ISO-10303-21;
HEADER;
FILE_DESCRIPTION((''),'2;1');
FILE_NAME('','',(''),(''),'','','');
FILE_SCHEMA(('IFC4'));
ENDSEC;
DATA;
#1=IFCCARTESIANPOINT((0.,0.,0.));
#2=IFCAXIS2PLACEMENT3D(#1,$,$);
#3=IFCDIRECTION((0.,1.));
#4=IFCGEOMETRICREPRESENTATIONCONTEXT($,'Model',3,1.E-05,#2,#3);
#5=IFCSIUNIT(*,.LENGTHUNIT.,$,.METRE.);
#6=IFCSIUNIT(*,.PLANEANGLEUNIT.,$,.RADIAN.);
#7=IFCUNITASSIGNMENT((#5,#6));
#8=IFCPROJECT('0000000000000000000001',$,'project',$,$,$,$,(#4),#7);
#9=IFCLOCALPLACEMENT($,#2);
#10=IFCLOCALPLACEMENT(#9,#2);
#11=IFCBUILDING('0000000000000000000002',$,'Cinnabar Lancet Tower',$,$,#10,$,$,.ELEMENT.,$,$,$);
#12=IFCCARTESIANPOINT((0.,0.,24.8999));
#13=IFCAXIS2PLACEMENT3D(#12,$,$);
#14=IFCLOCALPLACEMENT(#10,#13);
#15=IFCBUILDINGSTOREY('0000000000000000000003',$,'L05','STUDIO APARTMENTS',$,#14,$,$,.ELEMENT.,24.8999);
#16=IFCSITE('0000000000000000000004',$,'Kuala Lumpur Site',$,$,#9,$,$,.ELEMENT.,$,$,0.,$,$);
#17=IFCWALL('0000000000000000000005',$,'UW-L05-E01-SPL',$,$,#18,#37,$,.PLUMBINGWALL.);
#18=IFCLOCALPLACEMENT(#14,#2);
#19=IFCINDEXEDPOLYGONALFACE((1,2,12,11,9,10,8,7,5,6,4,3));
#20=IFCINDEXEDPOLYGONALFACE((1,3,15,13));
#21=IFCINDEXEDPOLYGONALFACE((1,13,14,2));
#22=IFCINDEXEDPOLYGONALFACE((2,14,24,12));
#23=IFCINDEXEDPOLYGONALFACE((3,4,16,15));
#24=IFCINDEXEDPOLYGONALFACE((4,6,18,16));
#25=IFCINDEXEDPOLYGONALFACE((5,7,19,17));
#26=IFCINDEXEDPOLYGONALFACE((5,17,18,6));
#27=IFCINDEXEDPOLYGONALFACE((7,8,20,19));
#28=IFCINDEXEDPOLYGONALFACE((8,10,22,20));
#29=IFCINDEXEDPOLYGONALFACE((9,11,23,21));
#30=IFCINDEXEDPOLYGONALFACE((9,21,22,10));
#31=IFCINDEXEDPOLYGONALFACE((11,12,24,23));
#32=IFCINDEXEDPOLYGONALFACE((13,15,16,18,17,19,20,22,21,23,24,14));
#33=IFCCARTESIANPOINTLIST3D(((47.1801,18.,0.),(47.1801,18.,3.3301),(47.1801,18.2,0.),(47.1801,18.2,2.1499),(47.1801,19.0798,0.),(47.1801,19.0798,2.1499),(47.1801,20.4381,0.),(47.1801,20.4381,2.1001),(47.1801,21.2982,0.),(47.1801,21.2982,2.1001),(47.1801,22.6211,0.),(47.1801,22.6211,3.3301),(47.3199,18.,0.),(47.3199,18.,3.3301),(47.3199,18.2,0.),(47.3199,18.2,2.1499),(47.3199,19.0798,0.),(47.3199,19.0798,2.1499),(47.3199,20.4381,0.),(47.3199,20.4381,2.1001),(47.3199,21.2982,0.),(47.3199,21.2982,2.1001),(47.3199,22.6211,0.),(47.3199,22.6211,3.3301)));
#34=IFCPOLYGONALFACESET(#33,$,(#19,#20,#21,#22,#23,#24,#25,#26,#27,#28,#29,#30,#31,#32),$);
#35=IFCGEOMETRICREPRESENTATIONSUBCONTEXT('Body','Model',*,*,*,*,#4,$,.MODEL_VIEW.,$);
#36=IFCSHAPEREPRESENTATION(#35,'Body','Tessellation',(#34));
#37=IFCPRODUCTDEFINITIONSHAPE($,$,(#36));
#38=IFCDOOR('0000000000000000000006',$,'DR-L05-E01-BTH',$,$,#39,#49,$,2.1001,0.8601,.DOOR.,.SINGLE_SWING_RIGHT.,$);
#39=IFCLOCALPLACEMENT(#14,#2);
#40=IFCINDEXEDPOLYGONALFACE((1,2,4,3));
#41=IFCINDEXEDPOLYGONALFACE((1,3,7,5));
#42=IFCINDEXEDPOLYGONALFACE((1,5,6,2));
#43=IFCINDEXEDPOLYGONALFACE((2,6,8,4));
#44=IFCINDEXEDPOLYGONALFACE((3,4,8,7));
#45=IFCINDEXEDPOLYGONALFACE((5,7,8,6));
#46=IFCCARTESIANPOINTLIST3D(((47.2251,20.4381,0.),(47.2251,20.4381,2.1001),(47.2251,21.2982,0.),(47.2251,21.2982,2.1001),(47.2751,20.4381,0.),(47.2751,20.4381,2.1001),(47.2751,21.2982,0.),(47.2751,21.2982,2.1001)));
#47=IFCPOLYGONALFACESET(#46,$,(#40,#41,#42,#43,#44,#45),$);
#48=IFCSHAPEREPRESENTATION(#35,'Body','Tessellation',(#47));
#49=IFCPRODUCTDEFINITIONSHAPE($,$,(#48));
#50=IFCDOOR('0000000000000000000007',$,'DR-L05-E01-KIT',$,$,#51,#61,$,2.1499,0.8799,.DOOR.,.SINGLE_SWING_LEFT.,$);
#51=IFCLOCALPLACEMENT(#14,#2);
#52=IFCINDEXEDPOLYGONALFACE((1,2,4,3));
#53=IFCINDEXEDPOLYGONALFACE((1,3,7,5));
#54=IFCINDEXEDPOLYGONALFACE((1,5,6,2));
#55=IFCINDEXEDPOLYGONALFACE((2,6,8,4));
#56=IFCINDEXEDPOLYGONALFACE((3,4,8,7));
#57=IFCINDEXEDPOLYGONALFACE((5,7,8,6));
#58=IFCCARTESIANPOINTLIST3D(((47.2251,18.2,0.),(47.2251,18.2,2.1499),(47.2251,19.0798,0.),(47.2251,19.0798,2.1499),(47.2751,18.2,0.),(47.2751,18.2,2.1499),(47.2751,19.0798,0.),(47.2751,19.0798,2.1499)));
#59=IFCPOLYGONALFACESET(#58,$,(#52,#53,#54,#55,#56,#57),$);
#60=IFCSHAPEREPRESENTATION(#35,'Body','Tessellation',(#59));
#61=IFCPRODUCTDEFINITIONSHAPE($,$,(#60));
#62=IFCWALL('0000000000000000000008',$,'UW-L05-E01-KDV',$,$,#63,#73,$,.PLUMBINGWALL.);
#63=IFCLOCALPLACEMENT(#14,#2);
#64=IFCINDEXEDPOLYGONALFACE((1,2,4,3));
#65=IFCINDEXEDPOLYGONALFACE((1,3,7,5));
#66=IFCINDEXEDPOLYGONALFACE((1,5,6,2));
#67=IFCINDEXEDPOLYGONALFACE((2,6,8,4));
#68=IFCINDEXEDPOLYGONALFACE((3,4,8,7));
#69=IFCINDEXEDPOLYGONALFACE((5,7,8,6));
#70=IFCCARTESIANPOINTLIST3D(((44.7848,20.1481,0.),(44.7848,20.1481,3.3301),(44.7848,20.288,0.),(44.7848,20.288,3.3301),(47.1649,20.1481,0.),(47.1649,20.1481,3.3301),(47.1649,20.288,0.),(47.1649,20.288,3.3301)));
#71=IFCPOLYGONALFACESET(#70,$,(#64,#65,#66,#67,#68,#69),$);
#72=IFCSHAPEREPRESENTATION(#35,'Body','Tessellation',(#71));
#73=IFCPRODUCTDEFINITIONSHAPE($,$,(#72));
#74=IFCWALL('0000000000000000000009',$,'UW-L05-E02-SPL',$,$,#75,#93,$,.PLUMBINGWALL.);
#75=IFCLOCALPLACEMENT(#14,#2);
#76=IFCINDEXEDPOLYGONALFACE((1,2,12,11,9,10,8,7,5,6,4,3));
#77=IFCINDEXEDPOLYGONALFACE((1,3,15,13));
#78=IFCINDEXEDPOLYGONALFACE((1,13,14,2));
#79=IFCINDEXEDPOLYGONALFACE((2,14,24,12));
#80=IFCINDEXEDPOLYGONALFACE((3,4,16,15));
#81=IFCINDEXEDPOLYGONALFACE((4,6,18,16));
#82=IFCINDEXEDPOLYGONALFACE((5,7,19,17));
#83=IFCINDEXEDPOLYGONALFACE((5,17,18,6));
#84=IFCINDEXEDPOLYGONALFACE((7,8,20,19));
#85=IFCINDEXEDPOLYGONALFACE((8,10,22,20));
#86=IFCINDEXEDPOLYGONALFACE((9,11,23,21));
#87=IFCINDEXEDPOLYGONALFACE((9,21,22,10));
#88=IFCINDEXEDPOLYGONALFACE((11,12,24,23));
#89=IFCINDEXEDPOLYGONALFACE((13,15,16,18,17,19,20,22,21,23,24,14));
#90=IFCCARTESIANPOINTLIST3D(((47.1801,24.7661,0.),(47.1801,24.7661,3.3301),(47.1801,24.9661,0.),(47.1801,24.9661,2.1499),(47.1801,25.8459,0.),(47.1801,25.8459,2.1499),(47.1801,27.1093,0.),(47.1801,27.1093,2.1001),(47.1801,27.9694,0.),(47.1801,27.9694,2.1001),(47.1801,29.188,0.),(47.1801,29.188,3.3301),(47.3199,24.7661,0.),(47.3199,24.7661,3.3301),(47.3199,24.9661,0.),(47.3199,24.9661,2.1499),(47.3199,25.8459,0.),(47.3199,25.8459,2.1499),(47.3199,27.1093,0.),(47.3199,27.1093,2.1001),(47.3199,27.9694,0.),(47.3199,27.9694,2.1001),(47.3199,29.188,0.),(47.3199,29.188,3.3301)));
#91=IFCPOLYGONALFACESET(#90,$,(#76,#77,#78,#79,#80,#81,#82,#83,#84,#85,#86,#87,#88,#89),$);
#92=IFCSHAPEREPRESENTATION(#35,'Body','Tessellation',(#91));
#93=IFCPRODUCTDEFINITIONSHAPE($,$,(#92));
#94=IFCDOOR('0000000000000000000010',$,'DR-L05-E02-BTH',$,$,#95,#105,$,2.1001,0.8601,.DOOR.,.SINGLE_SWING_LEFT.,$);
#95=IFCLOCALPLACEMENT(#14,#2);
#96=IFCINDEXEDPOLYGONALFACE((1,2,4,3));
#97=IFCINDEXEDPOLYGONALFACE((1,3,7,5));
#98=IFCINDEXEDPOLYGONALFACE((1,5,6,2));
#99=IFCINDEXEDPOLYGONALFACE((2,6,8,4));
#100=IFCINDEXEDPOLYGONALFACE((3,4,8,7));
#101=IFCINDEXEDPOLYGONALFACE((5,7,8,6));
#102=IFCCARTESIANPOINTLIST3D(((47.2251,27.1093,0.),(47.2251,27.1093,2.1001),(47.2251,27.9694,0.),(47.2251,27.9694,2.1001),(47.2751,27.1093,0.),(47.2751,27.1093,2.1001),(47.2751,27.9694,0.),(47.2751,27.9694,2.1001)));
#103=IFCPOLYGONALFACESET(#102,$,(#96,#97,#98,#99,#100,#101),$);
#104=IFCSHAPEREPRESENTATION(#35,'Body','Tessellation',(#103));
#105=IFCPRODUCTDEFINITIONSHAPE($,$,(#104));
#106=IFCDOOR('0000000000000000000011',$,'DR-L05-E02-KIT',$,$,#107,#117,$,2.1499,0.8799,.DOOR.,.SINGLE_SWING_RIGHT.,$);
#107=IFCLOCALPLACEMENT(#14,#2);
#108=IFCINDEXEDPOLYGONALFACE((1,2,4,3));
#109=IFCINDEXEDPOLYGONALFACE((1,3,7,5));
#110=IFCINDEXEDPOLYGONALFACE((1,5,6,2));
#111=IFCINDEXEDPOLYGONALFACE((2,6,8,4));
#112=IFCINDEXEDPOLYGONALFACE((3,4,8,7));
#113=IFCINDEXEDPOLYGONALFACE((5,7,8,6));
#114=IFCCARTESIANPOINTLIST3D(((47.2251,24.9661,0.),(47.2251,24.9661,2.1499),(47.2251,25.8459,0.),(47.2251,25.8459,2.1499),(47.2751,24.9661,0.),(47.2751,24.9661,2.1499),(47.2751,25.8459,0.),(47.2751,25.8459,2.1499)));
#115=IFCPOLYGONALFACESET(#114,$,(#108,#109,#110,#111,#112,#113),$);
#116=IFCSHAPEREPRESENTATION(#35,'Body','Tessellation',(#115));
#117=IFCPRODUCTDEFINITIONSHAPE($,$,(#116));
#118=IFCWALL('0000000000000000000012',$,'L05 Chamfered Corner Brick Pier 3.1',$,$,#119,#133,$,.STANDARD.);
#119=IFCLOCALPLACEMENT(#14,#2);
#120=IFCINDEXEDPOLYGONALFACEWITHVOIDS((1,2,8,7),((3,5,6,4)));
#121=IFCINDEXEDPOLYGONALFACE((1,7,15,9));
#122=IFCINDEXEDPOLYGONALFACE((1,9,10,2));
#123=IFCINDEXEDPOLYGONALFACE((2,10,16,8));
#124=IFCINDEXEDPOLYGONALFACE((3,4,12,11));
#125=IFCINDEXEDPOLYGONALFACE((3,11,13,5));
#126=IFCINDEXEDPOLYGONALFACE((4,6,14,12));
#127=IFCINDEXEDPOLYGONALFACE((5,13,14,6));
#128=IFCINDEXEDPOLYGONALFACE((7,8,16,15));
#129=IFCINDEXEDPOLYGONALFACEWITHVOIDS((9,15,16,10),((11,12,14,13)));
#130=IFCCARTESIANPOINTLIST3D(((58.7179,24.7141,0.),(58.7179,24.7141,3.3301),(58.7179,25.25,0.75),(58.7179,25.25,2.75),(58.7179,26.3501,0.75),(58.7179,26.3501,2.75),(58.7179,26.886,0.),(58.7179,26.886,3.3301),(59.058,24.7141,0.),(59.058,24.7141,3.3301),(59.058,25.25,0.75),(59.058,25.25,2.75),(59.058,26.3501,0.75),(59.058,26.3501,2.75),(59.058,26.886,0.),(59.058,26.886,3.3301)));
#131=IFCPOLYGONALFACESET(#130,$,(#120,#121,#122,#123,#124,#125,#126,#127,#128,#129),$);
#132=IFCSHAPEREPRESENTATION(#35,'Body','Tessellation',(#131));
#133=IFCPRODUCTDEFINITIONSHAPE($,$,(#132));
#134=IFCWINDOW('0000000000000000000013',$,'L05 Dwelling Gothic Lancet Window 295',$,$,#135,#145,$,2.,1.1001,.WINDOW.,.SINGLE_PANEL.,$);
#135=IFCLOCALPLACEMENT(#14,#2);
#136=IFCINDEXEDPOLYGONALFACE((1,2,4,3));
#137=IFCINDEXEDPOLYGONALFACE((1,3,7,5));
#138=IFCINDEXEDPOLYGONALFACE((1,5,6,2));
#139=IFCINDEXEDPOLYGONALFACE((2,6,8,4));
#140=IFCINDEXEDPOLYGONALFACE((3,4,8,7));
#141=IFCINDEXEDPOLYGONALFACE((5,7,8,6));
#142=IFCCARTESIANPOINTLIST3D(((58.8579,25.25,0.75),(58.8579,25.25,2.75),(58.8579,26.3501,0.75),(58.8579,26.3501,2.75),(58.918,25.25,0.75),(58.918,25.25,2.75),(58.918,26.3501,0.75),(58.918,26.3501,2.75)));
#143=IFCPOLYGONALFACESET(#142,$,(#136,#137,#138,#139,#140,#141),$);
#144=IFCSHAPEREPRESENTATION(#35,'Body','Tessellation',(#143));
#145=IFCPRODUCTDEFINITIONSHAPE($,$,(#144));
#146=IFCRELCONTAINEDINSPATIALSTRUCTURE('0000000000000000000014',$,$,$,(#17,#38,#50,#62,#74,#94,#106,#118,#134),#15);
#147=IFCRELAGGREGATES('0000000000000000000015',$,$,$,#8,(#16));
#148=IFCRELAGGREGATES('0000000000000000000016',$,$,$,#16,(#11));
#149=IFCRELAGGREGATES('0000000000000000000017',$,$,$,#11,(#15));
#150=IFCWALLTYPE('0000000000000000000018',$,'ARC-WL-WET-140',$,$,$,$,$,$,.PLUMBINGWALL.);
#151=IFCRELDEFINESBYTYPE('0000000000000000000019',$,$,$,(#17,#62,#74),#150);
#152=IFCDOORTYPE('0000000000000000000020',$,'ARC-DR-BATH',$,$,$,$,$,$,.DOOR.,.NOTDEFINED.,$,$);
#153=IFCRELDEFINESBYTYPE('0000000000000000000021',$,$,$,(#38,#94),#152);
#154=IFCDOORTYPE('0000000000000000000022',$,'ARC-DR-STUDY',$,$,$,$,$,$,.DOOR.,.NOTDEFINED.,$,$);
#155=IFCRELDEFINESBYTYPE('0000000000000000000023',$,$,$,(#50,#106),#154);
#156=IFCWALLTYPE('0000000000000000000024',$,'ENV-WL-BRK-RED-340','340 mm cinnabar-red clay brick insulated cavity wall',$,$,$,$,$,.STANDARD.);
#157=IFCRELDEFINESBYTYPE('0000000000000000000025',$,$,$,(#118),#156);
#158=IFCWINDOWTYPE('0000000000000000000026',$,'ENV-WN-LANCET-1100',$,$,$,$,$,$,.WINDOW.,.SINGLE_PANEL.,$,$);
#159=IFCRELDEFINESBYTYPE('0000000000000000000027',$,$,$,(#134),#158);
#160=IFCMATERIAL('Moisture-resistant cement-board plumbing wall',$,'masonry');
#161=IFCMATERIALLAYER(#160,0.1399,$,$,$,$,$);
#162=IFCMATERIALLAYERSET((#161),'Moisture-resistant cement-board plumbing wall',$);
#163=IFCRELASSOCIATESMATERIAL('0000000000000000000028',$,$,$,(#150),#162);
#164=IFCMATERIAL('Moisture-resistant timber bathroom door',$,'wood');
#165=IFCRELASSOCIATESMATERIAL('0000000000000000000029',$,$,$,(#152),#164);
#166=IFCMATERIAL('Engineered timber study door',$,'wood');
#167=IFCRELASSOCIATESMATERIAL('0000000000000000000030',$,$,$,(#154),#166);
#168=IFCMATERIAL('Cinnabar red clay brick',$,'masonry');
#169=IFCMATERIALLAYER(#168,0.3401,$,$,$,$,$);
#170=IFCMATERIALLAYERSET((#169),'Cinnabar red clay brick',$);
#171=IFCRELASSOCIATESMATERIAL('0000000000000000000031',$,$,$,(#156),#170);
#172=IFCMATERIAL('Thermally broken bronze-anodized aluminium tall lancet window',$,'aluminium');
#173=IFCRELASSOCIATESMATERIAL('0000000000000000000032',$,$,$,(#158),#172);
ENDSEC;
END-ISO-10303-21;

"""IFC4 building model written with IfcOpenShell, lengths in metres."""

from ifc_helpers import new_model, si_unit, direction, frame, frame_2d, origin, place, context, subcontext, project, spatial, rectangle, extrude, material, layer, layer_set, type_object, element, fill, save


model = new_model("IFC4")

# Units and contexts
model_context = context("Model", 3, precision=1e-05, world=origin(), true_north=direction((0.0, 1.0)))
body_context = subcontext(model_context, "Body", "Model", "MODEL_VIEW")
ifc_project = project(units=[si_unit("LENGTHUNIT", "METRE"), si_unit("PLANEANGLEUNIT", "RADIAN")], contexts=[model_context])

# Site, building, storey
site_placement = place(None, origin())
site = spatial("IfcSite", under=ifc_project, at=site_placement, Name="Kuala Lumpur Site", CompositionType="ELEMENT", RefElevation=0.0)
building_placement = place(site_placement, origin())
building = spatial("IfcBuilding", under=site, at=building_placement, Name="Cinnabar Lancet Tower", CompositionType="ELEMENT")
storey_placement = place(building_placement, frame((0.0, 0.0, 24.8999)))
storey = spatial("IfcBuildingStorey", under=building, at=storey_placement, Name="L05", Description="STUDIO APARTMENTS", CompositionType="ELEMENT", Elevation=24.8999)

# Wall, openings, doors
ifc_material_1 = material(Name="Moisture-resistant cement-board plumbing wall", Category="masonry")
ifc_layer_1 = layer(ifc_material_1, 0.1399)
ifc_layer_set_1 = layer_set([ifc_layer_1], Name="Moisture-resistant cement-board plumbing wall")
wall_type_1 = type_object("IfcWallType", Name="ARC-WL-WET-140", PredefinedType="PLUMBINGWALL", material=ifc_layer_set_1)
wall_1_placement = place(storey_placement, frame((47.25, 18.0, 0.0), z_axis=(0.0, 0.0, 1.0), x_axis=(0.0, 1.0, 0.0)))
wall_1 = element("IfcWall", 1, at=wall_1_placement, inside=storey, type_object=wall_type_1, Name="UW-L05-E01-SPL", PredefinedType="PLUMBINGWALL", context=body_context, shape_type="SweptSolid", body=[
    extrude(rectangle(XDim=4.6211, YDim=0.1399, at=frame_2d((2.3105, 0.0))), origin(), (0.0, 0.0, 1.0), 3.3301),
])
opening_1_placement = place(wall_1_placement, frame((2.438, 0.0, 0.0)))
opening_1 = element("IfcOpeningElement", 2, at=opening_1_placement, cuts=wall_1, PredefinedType="OPENING", context=body_context, shape_type="SweptSolid", body=[
    extrude(rectangle(XDim=0.8601, YDim=2.1001, at=frame_2d((0.4302, 1.05))), frame((0.0, 0.0798, 0.0), z_axis=(0.0, -1.0, 0.0), x_axis=(1.0, 0.0, 0.0)), (0.0, 0.0, 1.0), 0.1599),
])
opening_2_placement = place(wall_1_placement, frame((0.2, 0.0, 0.0)))
opening_2 = element("IfcOpeningElement", 3, at=opening_2_placement, cuts=wall_1, PredefinedType="OPENING", context=body_context, shape_type="SweptSolid", body=[
    extrude(rectangle(XDim=0.8799, YDim=2.1499, at=frame_2d((0.4399, 1.075))), frame((0.0, 0.0798, 0.0), z_axis=(0.0, -1.0, 0.0), x_axis=(1.0, 0.0, 0.0)), (0.0, 0.0, 1.0), 0.1599),
])
ifc_material_2 = material(Name="Moisture-resistant timber bathroom door", Category="wood")
door_type_1 = type_object("IfcDoorType", Name="ARC-DR-BATH", OperationType="NOTDEFINED", PredefinedType="DOOR", material=ifc_material_2)
door_1_placement = place(opening_1_placement, origin())
door_1 = element("IfcDoor", 4, at=door_1_placement, inside=storey, type_object=door_type_1, Name="DR-L05-E01-BTH", OperationType="SINGLE_SWING_RIGHT", OverallHeight=2.1001, OverallWidth=0.8601, PredefinedType="DOOR", context=body_context, shape_type="SweptSolid", body=[
    extrude(rectangle(XDim=0.8601, YDim=2.1001, at=frame_2d((0.4302, 1.05))), frame((0.0, 0.0249, 0.0), z_axis=(0.0, -1.0, 0.0), x_axis=(1.0, 0.0, 0.0)), (0.0, 0.0, 1.0), 0.05),
])
fill(opening_1, door_1)
ifc_material_3 = material(Name="Engineered timber study door", Category="wood")
door_type_2 = type_object("IfcDoorType", Name="ARC-DR-STUDY", OperationType="NOTDEFINED", PredefinedType="DOOR", material=ifc_material_3)
door_2_placement = place(opening_2_placement, origin())
door_2 = element("IfcDoor", 5, at=door_2_placement, inside=storey, type_object=door_type_2, Name="DR-L05-E01-KIT", OperationType="SINGLE_SWING_LEFT", OverallHeight=2.1499, OverallWidth=0.8799, PredefinedType="DOOR", context=body_context, shape_type="SweptSolid", body=[
    extrude(rectangle(XDim=0.8799, YDim=2.1499, at=frame_2d((0.4399, 1.075))), frame((0.0, 0.0249, 0.0), z_axis=(0.0, -1.0, 0.0), x_axis=(1.0, 0.0, 0.0)), (0.0, 0.0, 1.0), 0.05),
])
fill(opening_2, door_2)

# Wall
wall_2_placement = place(storey_placement, frame((44.7849, 20.218, 0.0), z_axis=(0.0, 0.0, 1.0), x_axis=(1.0, 0.0, 0.0)))
element("IfcWall", 6, at=wall_2_placement, inside=storey, type_object=wall_type_1, Name="UW-L05-E01-KDV", PredefinedType="PLUMBINGWALL", context=body_context, shape_type="SweptSolid", body=[
    extrude(rectangle(XDim=2.3801, YDim=0.1399, at=frame_2d((1.1899, 0.0))), origin(), (0.0, 0.0, 1.0), 3.3301),
])

# Wall, openings, doors
wall_3_placement = place(storey_placement, frame((47.25, 24.7661, 0.0), z_axis=(0.0, 0.0, 1.0), x_axis=(0.0, 1.0, 0.0)))
wall_3 = element("IfcWall", 7, at=wall_3_placement, inside=storey, type_object=wall_type_1, Name="UW-L05-E02-SPL", PredefinedType="PLUMBINGWALL", context=body_context, shape_type="SweptSolid", body=[
    extrude(rectangle(XDim=4.4219, YDim=0.1399, at=frame_2d((2.2109, 0.0))), origin(), (0.0, 0.0, 1.0), 3.3301),
])
opening_3_placement = place(wall_3_placement, frame((2.343, 0.0, 0.0)))
opening_3 = element("IfcOpeningElement", 8, at=opening_3_placement, cuts=wall_3, PredefinedType="OPENING", context=body_context, shape_type="SweptSolid", body=[
    extrude(rectangle(XDim=0.8601, YDim=2.1001, at=frame_2d((0.4302, 1.05))), frame((0.0, 0.0798, 0.0), z_axis=(0.0, -1.0, 0.0), x_axis=(1.0, 0.0, 0.0)), (0.0, 0.0, 1.0), 0.1599),
])
opening_4_placement = place(wall_3_placement, frame((0.2, 0.0, 0.0)))
opening_4 = element("IfcOpeningElement", 9, at=opening_4_placement, cuts=wall_3, PredefinedType="OPENING", context=body_context, shape_type="SweptSolid", body=[
    extrude(rectangle(XDim=0.8799, YDim=2.1499, at=frame_2d((0.4399, 1.075))), frame((0.0, 0.0798, 0.0), z_axis=(0.0, -1.0, 0.0), x_axis=(1.0, 0.0, 0.0)), (0.0, 0.0, 1.0), 0.1599),
])
door_3_placement = place(opening_3_placement, origin())
door_3 = element("IfcDoor", 10, at=door_3_placement, inside=storey, type_object=door_type_1, Name="DR-L05-E02-BTH", OperationType="SINGLE_SWING_LEFT", OverallHeight=2.1001, OverallWidth=0.8601, PredefinedType="DOOR", context=body_context, shape_type="SweptSolid", body=[
    extrude(rectangle(XDim=0.8601, YDim=2.1001, at=frame_2d((0.4302, 1.05))), frame((0.0, 0.0249, 0.0), z_axis=(0.0, -1.0, 0.0), x_axis=(1.0, 0.0, 0.0)), (0.0, 0.0, 1.0), 0.05),
])
fill(opening_3, door_3)
door_4_placement = place(opening_4_placement, origin())
door_4 = element("IfcDoor", 11, at=door_4_placement, inside=storey, type_object=door_type_2, Name="DR-L05-E02-KIT", OperationType="SINGLE_SWING_RIGHT", OverallHeight=2.1499, OverallWidth=0.8799, PredefinedType="DOOR", context=body_context, shape_type="SweptSolid", body=[
    extrude(rectangle(XDim=0.8799, YDim=2.1499, at=frame_2d((0.4399, 1.075))), frame((0.0, 0.0249, 0.0), z_axis=(0.0, -1.0, 0.0), x_axis=(1.0, 0.0, 0.0)), (0.0, 0.0, 1.0), 0.05),
])
fill(opening_4, door_4)

# Wall, opening, window
ifc_material_4 = material(Name="Cinnabar red clay brick", Category="masonry")
ifc_layer_2 = layer(ifc_material_4, 0.3401)
ifc_layer_set_2 = layer_set([ifc_layer_2], Name="Cinnabar red clay brick")
wall_type_2 = type_object("IfcWallType", Name="ENV-WL-BRK-RED-340", Description="340 mm cinnabar-red clay brick insulated cavity wall", PredefinedType="STANDARD", material=ifc_layer_set_2)
wall_4_placement = place(storey_placement, frame((58.8879, 24.7141, 0.0), z_axis=(0.0, 0.0, 1.0), x_axis=(0.0, 1.0, 0.0)))
wall_4 = element("IfcWall", 12, at=wall_4_placement, inside=storey, type_object=wall_type_2, Name="L05 Chamfered Corner Brick Pier 3.1", PredefinedType="STANDARD", context=body_context, shape_type="SweptSolid", body=[
    extrude(rectangle(XDim=2.1719, YDim=0.3401, at=frame_2d((1.0859, 0.0))), origin(), (0.0, 0.0, 1.0), 3.3301),
])
opening_5_placement = place(wall_4_placement, frame((0.5359, 0.0, 0.75)))
opening_5 = element("IfcOpeningElement", 13, at=opening_5_placement, cuts=wall_4, PredefinedType="OPENING", context=body_context, shape_type="SweptSolid", body=[
    extrude(rectangle(XDim=1.1001, YDim=2.0, at=frame_2d((0.55, 1.0))), frame((0.0, 0.1799, 0.0), z_axis=(0.0, -1.0, 0.0), x_axis=(1.0, 0.0, 0.0)), (0.0, 0.0, 1.0), 0.3601),
])
ifc_material_5 = material(Name="Thermally broken bronze-anodized aluminium tall lancet window", Category="aluminium")
window_type = type_object("IfcWindowType", Name="ENV-WN-LANCET-1100", PartitioningType="SINGLE_PANEL", PredefinedType="WINDOW", material=ifc_material_5)
window_1_placement = place(opening_5_placement, origin())
window_1 = element("IfcWindow", 14, at=window_1_placement, inside=storey, type_object=window_type, Name="L05 Dwelling Gothic Lancet Window 295", OverallHeight=2.0, OverallWidth=1.1001, PartitioningType="SINGLE_PANEL", PredefinedType="WINDOW", context=body_context, shape_type="SweptSolid", body=[
    extrude(rectangle(XDim=1.1001, YDim=2.0, at=frame_2d((0.55, 1.0))), frame((0.0, 0.03, 0.0), z_axis=(0.0, -1.0, 0.0), x_axis=(1.0, 0.0, 0.0)), (0.0, 0.0, 1.0), 0.0601),
])
fill(opening_5, window_1)

save(model, "model.ifc")
